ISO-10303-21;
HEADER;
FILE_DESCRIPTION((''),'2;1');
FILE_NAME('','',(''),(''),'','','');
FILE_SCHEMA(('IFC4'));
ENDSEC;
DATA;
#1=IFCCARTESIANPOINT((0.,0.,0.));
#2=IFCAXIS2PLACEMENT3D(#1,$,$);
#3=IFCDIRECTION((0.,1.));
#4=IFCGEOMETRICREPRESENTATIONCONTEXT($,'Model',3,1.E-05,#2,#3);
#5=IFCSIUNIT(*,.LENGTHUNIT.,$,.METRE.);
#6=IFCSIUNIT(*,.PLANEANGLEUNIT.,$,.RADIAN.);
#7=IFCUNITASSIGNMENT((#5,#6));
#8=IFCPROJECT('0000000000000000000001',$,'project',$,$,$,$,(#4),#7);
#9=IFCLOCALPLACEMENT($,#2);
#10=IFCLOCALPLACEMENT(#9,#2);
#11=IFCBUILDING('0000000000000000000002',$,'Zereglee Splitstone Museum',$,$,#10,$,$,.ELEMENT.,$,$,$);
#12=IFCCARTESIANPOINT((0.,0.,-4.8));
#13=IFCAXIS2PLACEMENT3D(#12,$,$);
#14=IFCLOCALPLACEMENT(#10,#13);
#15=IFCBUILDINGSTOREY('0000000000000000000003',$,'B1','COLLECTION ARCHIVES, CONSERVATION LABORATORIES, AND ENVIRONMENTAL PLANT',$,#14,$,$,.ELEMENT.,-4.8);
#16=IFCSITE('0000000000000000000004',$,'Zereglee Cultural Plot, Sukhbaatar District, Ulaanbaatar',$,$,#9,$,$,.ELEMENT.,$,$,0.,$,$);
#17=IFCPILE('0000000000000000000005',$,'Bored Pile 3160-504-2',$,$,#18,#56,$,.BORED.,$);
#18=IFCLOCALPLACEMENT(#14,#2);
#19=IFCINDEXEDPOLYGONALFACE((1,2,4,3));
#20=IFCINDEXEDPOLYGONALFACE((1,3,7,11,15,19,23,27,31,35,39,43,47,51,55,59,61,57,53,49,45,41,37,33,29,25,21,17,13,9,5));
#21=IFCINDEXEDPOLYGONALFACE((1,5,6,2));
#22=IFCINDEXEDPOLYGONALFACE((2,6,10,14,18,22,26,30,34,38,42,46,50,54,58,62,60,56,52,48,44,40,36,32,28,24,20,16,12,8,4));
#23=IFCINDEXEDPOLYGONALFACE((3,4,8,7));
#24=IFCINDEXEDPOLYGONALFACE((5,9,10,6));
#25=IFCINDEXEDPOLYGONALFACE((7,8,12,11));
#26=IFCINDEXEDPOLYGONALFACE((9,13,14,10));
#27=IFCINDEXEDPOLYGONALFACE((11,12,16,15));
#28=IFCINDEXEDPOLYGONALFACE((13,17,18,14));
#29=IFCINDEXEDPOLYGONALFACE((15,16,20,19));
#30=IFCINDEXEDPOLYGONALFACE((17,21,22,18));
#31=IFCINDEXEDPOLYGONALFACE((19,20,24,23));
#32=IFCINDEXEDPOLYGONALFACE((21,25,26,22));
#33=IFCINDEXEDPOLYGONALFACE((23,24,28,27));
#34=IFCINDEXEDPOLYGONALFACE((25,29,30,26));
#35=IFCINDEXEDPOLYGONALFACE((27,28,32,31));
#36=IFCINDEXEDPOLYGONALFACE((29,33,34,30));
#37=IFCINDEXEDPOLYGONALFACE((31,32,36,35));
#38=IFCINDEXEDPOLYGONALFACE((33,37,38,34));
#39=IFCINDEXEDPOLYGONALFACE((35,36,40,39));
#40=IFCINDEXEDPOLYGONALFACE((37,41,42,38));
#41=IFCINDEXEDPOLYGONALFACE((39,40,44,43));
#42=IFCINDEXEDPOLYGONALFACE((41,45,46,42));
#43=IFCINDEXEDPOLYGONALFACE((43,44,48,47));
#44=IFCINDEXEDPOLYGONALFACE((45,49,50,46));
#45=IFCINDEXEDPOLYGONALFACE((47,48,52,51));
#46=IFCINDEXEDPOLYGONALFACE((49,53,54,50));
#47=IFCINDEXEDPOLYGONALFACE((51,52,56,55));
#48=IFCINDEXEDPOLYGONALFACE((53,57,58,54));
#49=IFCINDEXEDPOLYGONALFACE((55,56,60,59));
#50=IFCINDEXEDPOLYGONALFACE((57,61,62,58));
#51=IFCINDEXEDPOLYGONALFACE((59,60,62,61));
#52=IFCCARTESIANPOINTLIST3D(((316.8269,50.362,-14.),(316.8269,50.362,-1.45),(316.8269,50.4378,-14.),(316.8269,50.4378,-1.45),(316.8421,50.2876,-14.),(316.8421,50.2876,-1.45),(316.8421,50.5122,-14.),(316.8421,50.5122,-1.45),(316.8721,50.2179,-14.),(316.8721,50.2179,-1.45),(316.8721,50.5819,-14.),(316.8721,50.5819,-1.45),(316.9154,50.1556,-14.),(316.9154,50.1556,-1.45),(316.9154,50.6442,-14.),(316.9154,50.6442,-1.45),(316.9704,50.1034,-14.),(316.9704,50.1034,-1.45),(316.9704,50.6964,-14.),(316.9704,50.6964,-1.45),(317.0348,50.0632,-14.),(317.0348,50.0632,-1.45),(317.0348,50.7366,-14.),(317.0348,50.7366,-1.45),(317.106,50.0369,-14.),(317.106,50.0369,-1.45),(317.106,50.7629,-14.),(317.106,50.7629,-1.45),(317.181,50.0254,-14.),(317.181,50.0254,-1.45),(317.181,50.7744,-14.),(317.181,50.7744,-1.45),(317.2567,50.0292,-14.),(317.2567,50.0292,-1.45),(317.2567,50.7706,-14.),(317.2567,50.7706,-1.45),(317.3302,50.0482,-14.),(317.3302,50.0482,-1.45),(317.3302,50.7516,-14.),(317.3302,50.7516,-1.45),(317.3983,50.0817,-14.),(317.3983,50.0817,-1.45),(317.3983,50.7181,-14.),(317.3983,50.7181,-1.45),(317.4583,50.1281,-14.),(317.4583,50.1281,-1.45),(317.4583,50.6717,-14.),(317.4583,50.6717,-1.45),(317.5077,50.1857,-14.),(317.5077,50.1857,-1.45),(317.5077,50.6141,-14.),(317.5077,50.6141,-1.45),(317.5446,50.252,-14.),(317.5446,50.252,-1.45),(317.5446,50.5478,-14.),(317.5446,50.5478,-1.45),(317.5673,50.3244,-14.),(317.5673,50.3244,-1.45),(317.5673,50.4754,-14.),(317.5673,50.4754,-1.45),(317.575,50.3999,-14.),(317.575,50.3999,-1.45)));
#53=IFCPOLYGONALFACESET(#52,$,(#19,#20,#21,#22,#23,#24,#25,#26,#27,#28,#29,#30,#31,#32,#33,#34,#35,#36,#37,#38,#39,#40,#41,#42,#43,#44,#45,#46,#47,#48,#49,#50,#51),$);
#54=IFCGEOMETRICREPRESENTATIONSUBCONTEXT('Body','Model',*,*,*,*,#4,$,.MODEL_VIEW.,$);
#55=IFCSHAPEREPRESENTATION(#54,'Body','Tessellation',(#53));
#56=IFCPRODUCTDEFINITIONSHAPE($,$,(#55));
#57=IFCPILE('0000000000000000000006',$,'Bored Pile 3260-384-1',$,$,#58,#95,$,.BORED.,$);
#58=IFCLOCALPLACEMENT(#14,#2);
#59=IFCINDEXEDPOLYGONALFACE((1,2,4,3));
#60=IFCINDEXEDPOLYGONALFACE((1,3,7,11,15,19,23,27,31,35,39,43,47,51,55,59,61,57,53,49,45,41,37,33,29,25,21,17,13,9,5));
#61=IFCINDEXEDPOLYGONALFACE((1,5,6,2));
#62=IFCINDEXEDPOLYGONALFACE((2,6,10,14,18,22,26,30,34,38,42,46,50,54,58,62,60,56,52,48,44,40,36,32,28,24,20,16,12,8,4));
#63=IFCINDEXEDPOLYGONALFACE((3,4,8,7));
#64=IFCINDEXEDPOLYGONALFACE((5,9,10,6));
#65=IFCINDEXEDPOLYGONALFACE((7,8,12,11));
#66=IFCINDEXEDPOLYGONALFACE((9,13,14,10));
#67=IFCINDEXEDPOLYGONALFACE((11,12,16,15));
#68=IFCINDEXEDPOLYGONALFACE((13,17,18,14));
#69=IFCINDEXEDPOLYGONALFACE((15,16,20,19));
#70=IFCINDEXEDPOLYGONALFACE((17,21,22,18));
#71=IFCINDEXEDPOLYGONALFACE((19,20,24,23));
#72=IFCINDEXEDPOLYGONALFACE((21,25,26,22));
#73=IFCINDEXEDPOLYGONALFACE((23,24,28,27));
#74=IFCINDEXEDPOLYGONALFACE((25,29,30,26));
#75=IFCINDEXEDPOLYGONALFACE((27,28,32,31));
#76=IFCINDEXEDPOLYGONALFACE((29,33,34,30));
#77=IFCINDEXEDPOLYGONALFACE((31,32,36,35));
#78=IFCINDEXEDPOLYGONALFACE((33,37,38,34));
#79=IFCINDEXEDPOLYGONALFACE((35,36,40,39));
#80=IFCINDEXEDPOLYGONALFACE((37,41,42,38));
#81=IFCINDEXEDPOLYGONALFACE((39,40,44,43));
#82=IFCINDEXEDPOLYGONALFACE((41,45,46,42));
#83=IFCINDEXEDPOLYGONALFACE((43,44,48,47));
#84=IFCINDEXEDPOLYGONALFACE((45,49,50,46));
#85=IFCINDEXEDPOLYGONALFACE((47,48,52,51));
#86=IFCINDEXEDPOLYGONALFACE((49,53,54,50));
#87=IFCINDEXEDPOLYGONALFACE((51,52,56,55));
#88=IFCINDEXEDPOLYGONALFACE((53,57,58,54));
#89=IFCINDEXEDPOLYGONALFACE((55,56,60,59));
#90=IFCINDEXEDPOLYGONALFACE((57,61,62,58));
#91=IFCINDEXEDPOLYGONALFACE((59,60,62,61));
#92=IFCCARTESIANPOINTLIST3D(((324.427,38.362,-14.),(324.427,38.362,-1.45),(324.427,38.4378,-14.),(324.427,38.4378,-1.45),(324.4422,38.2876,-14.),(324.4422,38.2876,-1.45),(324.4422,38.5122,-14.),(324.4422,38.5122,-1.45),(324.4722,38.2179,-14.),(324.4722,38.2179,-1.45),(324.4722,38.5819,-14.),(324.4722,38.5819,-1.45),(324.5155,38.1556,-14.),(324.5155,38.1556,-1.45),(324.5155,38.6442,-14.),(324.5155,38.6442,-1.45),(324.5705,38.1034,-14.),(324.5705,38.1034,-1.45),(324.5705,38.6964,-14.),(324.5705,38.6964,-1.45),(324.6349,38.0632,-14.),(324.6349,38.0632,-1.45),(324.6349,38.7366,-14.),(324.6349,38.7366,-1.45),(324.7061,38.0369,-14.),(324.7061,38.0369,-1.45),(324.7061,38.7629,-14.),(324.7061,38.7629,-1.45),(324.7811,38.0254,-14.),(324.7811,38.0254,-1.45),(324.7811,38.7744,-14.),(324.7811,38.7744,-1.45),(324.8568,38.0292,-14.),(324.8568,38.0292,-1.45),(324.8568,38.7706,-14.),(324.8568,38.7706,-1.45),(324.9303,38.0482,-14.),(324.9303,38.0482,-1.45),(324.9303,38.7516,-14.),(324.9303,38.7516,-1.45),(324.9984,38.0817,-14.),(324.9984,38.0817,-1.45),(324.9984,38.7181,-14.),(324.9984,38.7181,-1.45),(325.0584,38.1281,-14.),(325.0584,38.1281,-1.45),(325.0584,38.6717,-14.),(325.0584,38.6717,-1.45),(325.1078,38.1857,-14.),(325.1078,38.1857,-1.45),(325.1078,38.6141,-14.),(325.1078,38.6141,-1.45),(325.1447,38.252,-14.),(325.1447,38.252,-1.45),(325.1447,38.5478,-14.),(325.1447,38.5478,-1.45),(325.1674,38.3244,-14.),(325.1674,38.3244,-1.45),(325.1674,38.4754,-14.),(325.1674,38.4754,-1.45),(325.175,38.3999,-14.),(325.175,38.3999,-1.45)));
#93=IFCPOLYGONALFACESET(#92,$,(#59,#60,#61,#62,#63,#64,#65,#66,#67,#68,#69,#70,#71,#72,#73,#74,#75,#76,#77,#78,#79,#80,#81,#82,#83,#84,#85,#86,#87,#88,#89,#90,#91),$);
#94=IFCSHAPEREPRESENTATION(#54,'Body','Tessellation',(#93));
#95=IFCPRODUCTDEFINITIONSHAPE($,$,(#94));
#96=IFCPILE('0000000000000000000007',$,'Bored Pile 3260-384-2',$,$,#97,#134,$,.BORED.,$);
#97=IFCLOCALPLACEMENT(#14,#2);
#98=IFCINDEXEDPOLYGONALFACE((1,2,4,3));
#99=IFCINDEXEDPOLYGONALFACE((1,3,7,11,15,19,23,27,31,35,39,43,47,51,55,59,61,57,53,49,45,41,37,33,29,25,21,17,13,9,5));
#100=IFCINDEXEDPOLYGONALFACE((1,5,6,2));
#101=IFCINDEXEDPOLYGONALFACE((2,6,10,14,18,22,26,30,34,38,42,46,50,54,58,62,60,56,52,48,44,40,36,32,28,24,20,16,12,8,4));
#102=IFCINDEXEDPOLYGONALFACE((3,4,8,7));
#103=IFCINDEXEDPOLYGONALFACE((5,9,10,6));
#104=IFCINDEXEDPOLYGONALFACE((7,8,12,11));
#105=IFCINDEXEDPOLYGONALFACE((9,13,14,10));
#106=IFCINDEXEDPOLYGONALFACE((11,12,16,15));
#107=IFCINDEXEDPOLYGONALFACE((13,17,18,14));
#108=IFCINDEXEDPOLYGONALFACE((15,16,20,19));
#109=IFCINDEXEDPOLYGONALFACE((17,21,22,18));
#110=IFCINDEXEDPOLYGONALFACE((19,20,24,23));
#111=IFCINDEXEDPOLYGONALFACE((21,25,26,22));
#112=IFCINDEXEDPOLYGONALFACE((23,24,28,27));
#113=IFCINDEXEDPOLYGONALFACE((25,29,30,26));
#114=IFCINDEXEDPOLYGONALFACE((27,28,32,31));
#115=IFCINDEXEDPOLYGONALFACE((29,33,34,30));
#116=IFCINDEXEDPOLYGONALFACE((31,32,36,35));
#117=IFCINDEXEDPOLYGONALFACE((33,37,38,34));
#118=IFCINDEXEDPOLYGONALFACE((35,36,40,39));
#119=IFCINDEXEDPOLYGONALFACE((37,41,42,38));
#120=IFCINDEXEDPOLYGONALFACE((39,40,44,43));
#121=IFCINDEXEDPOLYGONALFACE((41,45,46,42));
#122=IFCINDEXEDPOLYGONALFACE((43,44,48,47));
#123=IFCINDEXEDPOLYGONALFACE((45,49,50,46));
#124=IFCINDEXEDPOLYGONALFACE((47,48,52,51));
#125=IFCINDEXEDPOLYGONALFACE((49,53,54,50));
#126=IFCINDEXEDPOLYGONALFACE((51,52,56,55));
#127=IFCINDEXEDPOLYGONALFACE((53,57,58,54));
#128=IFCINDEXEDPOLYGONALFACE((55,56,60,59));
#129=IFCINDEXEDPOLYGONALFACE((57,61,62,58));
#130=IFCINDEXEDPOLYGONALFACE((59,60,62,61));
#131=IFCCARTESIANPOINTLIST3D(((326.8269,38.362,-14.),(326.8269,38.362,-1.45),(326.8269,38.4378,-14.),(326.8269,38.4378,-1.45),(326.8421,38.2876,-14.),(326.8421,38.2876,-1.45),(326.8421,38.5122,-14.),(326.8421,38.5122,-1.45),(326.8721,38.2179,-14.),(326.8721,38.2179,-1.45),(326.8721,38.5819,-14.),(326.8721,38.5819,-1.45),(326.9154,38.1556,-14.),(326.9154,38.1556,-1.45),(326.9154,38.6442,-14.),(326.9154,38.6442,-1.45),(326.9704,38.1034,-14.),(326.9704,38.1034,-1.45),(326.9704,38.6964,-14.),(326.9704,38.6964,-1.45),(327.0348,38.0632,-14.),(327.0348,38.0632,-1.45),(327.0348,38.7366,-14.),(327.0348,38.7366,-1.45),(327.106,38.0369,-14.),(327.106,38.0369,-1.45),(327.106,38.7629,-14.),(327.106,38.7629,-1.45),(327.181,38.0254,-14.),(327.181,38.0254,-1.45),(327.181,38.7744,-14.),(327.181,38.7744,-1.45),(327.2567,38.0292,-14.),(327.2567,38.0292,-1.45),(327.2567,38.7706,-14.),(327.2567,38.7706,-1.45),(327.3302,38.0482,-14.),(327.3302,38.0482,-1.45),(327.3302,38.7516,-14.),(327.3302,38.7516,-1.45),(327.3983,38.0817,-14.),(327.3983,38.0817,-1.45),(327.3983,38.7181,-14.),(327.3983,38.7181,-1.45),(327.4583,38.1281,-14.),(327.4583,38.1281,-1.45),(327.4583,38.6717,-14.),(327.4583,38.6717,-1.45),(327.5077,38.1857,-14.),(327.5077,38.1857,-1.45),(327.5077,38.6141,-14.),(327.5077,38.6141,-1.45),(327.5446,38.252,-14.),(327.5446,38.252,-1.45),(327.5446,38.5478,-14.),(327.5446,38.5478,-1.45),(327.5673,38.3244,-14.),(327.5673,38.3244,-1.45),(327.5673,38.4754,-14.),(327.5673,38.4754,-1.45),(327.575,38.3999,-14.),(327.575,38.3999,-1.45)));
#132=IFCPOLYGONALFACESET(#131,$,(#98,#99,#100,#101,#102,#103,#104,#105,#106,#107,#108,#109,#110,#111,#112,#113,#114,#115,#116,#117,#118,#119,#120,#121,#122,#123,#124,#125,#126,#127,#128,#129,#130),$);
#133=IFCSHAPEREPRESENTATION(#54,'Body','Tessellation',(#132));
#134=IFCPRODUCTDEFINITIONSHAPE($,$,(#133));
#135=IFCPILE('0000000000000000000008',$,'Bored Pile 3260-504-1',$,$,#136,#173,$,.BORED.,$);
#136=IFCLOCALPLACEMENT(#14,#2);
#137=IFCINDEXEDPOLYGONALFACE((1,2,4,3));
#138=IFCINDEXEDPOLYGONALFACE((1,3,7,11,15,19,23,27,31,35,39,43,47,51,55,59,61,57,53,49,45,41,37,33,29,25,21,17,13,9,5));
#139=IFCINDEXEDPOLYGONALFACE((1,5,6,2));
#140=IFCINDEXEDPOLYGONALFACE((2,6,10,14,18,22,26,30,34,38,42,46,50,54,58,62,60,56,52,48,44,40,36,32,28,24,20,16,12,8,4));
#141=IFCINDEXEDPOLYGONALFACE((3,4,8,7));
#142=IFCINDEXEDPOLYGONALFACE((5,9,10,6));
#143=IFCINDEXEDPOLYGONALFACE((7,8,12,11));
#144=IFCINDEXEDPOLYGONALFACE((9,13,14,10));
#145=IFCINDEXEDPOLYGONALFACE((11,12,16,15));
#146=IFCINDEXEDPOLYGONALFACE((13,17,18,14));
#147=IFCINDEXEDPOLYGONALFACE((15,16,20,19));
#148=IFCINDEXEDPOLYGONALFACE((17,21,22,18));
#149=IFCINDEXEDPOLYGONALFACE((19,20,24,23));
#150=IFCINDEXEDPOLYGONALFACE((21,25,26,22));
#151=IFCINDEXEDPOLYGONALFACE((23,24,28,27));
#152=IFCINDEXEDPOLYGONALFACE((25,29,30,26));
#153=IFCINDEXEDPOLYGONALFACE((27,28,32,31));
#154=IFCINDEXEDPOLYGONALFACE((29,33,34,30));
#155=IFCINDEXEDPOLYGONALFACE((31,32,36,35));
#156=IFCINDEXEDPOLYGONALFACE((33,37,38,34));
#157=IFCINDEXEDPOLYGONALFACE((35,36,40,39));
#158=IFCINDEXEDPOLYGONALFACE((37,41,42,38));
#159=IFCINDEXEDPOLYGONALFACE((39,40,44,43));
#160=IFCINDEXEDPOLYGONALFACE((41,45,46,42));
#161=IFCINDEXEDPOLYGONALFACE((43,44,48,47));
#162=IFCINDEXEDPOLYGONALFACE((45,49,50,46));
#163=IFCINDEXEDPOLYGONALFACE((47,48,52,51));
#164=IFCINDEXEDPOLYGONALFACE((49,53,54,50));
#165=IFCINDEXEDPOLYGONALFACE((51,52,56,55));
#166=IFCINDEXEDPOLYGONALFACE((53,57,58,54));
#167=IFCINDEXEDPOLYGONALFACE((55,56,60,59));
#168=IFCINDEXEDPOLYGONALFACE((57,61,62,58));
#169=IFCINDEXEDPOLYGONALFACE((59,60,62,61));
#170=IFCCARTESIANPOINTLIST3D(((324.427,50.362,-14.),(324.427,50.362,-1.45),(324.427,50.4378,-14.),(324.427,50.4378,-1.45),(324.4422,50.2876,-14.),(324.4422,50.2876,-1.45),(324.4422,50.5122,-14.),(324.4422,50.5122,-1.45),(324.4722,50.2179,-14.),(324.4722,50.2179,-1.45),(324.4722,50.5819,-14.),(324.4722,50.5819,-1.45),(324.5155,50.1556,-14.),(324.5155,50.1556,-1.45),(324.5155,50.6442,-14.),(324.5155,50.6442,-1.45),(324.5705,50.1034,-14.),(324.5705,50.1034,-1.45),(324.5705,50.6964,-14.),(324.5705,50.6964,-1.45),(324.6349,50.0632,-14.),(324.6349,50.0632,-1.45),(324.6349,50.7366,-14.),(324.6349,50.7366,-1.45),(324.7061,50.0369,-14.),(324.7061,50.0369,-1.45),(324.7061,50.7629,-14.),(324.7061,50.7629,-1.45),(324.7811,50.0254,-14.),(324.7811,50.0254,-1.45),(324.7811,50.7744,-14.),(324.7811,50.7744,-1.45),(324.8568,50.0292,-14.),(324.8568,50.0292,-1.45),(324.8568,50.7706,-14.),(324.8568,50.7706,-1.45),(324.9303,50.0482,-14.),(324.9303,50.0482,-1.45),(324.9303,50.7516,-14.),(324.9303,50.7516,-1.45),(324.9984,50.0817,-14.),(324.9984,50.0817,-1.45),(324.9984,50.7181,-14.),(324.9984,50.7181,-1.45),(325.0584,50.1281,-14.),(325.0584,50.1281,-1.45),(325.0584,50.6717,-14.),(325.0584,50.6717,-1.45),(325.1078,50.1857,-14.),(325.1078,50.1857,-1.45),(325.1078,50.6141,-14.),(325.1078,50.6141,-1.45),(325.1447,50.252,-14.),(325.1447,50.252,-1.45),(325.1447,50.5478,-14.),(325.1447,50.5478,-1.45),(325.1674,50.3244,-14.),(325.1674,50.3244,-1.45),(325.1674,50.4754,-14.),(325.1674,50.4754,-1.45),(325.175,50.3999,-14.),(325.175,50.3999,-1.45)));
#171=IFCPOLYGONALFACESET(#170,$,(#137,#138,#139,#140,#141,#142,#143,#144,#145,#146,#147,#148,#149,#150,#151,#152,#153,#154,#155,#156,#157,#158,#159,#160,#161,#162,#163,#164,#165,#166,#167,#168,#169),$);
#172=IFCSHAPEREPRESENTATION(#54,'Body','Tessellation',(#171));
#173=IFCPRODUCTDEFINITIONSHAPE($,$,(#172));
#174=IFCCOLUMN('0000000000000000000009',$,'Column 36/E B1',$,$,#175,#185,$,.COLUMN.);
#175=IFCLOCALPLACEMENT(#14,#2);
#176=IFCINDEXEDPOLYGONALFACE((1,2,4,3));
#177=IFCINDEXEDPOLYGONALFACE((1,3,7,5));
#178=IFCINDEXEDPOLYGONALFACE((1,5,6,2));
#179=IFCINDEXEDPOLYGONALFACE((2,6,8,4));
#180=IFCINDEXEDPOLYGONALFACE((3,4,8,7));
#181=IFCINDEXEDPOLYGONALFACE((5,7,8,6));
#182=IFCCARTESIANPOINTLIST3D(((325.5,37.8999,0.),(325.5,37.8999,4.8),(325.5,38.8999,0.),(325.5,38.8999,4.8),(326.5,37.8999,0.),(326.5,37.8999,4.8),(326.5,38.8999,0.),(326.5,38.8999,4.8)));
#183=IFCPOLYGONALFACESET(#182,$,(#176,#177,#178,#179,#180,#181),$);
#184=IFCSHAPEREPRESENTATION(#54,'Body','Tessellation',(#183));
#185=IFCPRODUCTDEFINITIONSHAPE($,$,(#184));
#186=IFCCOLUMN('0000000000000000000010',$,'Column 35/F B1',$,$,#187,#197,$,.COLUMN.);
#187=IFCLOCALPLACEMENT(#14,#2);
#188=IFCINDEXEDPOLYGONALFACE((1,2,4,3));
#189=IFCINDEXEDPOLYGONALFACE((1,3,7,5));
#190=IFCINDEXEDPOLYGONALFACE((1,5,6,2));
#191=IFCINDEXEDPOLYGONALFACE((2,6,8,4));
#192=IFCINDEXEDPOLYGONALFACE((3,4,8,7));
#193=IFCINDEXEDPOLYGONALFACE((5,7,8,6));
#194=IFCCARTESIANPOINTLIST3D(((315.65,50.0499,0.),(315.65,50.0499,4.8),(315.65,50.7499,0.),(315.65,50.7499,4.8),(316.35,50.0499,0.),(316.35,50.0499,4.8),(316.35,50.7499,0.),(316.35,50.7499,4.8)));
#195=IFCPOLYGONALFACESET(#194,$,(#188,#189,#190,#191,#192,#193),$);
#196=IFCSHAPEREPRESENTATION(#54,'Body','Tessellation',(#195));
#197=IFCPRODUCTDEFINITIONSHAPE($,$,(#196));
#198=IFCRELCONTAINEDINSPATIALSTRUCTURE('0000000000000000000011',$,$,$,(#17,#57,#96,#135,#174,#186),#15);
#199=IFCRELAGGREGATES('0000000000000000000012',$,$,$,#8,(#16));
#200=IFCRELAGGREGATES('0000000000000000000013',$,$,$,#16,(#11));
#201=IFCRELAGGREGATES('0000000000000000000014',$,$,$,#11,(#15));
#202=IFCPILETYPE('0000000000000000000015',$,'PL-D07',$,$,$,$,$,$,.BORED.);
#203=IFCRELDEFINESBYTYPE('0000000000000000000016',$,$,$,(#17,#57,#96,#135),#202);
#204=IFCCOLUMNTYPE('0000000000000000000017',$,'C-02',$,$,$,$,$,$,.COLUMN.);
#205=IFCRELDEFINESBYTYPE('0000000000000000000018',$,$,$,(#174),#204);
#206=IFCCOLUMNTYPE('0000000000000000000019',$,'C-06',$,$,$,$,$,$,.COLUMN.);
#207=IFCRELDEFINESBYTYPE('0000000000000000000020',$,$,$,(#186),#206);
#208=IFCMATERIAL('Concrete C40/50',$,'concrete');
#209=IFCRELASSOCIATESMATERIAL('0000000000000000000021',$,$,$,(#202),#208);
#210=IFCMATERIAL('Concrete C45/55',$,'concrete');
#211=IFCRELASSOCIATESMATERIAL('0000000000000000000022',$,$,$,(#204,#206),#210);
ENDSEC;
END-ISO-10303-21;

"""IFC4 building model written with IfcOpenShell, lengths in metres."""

from ifc_helpers import new_model, si_unit, direction, frame, origin, origin_2d, place, context, subcontext, project, spatial, rectangle, circle, extrude, material, material_profile, profile_set, type_object, element, save


model = new_model("IFC4")

# Units and contexts
model_context = context("Model", 3, precision=1e-05, world=origin(), true_north=direction((0.0, 1.0)))
body_context = subcontext(model_context, "Body", "Model", "MODEL_VIEW")
ifc_project = project(units=[si_unit("LENGTHUNIT", "METRE"), si_unit("PLANEANGLEUNIT", "RADIAN")], contexts=[model_context])

# Site, building, storey
site_placement = place(None, origin())
site = spatial("IfcSite", under=ifc_project, at=site_placement, Name="Zereglee Cultural Plot, Sukhbaatar District, Ulaanbaatar", CompositionType="ELEMENT", RefElevation=0.0)
building_placement = place(site_placement, origin())
building = spatial("IfcBuilding", under=site, at=building_placement, Name="Zereglee Splitstone Museum", CompositionType="ELEMENT")
storey_placement = place(building_placement, frame((0.0, 0.0, -4.8)))
storey = spatial("IfcBuildingStorey", under=building, at=storey_placement, Name="B1", Description="COLLECTION ARCHIVES, CONSERVATION LABORATORIES, AND ENVIRONMENTAL PLANT", CompositionType="ELEMENT", Elevation=-4.8)

# Shared definitions
ifc_material_1 = material(Name="Concrete C40/50", Category="concrete")

# Piles
ifc_material_profile_1 = material_profile(ifc_material_1, circle(Radius=0.375, at=origin_2d()), Name="PILE D750")
ifc_profile_set_1 = profile_set([ifc_material_profile_1], Name="Concrete C40/50")
pile_type = type_object("IfcPileType", Name="PL-D07", PredefinedType="BORED", material=ifc_profile_set_1)
for number, where, z_axis, x_axis, name in (
    (1, (317.2, 50.3999, -1.45), (0.0, 0.0, -1.0), (1.0, 0.0, 0.0), "Bored Pile 3160-504-2"),
    (2, (324.8, 38.3999, -1.45), (0.0, 0.0, -1.0), (1.0, 0.0, 0.0), "Bored Pile 3260-384-1"),
    (3, (327.2, 38.3999, -1.45), (0.0, 0.0, -1.0), (1.0, 0.0, 0.0), "Bored Pile 3260-384-2"),
    (4, (324.8, 50.3999, -1.45), (0.0, 0.0, -1.0), (1.0, 0.0, 0.0), "Bored Pile 3260-504-1"),
):
    element("IfcPile", number, at=place(storey_placement, frame(where, z_axis=z_axis, x_axis=x_axis)), inside=storey, type_object=pile_type, Name=name, PredefinedType="BORED", context=body_context, shape_type="SweptSolid", body=[
        extrude(circle(Radius=0.375, at=origin_2d()), origin(), (0.0, 0.0, 1.0), 12.55),
    ])

# Columns
ifc_material_2 = material(Name="Concrete C45/55", Category="concrete")
ifc_material_profile_2 = material_profile(ifc_material_2, rectangle(XDim=1.0, YDim=1.0, at=origin_2d()), Name="RC 1000x1000")
ifc_profile_set_2 = profile_set([ifc_material_profile_2], Name="Concrete C45/55")
column_type_1 = type_object("IfcColumnType", Name="C-02", PredefinedType="COLUMN", material=ifc_profile_set_2)
column_1_placement = place(storey_placement, frame((326.0, 38.3999, 0.0), z_axis=(0.0, 0.0, 1.0), x_axis=(1.0, 0.0, 0.0)))
element("IfcColumn", 5, at=column_1_placement, inside=storey, type_object=column_type_1, Name="Column 36/E B1", PredefinedType="COLUMN", context=body_context, shape_type="SweptSolid", body=[
    extrude(rectangle(XDim=1.0, YDim=1.0, at=origin_2d()), origin(), (0.0, 0.0, 1.0), 4.8),
])
ifc_material_profile_3 = material_profile(ifc_material_2, rectangle(XDim=0.7, YDim=0.7, at=origin_2d()), Name="RC 700x700")
ifc_profile_set_3 = profile_set([ifc_material_profile_3], Name="Concrete C45/55")
column_type_2 = type_object("IfcColumnType", Name="C-06", PredefinedType="COLUMN", material=ifc_profile_set_3)
column_2_placement = place(storey_placement, frame((316.0, 50.3999, 0.0), z_axis=(0.0, 0.0, 1.0), x_axis=(1.0, 0.0, 0.0)))
element("IfcColumn", 6, at=column_2_placement, inside=storey, type_object=column_type_2, Name="Column 35/F B1", PredefinedType="COLUMN", context=body_context, shape_type="SweptSolid", body=[
    extrude(rectangle(XDim=0.7, YDim=0.7, at=origin_2d()), origin(), (0.0, 0.0, 1.0), 4.8),
])

save(model, "model.ifc")
